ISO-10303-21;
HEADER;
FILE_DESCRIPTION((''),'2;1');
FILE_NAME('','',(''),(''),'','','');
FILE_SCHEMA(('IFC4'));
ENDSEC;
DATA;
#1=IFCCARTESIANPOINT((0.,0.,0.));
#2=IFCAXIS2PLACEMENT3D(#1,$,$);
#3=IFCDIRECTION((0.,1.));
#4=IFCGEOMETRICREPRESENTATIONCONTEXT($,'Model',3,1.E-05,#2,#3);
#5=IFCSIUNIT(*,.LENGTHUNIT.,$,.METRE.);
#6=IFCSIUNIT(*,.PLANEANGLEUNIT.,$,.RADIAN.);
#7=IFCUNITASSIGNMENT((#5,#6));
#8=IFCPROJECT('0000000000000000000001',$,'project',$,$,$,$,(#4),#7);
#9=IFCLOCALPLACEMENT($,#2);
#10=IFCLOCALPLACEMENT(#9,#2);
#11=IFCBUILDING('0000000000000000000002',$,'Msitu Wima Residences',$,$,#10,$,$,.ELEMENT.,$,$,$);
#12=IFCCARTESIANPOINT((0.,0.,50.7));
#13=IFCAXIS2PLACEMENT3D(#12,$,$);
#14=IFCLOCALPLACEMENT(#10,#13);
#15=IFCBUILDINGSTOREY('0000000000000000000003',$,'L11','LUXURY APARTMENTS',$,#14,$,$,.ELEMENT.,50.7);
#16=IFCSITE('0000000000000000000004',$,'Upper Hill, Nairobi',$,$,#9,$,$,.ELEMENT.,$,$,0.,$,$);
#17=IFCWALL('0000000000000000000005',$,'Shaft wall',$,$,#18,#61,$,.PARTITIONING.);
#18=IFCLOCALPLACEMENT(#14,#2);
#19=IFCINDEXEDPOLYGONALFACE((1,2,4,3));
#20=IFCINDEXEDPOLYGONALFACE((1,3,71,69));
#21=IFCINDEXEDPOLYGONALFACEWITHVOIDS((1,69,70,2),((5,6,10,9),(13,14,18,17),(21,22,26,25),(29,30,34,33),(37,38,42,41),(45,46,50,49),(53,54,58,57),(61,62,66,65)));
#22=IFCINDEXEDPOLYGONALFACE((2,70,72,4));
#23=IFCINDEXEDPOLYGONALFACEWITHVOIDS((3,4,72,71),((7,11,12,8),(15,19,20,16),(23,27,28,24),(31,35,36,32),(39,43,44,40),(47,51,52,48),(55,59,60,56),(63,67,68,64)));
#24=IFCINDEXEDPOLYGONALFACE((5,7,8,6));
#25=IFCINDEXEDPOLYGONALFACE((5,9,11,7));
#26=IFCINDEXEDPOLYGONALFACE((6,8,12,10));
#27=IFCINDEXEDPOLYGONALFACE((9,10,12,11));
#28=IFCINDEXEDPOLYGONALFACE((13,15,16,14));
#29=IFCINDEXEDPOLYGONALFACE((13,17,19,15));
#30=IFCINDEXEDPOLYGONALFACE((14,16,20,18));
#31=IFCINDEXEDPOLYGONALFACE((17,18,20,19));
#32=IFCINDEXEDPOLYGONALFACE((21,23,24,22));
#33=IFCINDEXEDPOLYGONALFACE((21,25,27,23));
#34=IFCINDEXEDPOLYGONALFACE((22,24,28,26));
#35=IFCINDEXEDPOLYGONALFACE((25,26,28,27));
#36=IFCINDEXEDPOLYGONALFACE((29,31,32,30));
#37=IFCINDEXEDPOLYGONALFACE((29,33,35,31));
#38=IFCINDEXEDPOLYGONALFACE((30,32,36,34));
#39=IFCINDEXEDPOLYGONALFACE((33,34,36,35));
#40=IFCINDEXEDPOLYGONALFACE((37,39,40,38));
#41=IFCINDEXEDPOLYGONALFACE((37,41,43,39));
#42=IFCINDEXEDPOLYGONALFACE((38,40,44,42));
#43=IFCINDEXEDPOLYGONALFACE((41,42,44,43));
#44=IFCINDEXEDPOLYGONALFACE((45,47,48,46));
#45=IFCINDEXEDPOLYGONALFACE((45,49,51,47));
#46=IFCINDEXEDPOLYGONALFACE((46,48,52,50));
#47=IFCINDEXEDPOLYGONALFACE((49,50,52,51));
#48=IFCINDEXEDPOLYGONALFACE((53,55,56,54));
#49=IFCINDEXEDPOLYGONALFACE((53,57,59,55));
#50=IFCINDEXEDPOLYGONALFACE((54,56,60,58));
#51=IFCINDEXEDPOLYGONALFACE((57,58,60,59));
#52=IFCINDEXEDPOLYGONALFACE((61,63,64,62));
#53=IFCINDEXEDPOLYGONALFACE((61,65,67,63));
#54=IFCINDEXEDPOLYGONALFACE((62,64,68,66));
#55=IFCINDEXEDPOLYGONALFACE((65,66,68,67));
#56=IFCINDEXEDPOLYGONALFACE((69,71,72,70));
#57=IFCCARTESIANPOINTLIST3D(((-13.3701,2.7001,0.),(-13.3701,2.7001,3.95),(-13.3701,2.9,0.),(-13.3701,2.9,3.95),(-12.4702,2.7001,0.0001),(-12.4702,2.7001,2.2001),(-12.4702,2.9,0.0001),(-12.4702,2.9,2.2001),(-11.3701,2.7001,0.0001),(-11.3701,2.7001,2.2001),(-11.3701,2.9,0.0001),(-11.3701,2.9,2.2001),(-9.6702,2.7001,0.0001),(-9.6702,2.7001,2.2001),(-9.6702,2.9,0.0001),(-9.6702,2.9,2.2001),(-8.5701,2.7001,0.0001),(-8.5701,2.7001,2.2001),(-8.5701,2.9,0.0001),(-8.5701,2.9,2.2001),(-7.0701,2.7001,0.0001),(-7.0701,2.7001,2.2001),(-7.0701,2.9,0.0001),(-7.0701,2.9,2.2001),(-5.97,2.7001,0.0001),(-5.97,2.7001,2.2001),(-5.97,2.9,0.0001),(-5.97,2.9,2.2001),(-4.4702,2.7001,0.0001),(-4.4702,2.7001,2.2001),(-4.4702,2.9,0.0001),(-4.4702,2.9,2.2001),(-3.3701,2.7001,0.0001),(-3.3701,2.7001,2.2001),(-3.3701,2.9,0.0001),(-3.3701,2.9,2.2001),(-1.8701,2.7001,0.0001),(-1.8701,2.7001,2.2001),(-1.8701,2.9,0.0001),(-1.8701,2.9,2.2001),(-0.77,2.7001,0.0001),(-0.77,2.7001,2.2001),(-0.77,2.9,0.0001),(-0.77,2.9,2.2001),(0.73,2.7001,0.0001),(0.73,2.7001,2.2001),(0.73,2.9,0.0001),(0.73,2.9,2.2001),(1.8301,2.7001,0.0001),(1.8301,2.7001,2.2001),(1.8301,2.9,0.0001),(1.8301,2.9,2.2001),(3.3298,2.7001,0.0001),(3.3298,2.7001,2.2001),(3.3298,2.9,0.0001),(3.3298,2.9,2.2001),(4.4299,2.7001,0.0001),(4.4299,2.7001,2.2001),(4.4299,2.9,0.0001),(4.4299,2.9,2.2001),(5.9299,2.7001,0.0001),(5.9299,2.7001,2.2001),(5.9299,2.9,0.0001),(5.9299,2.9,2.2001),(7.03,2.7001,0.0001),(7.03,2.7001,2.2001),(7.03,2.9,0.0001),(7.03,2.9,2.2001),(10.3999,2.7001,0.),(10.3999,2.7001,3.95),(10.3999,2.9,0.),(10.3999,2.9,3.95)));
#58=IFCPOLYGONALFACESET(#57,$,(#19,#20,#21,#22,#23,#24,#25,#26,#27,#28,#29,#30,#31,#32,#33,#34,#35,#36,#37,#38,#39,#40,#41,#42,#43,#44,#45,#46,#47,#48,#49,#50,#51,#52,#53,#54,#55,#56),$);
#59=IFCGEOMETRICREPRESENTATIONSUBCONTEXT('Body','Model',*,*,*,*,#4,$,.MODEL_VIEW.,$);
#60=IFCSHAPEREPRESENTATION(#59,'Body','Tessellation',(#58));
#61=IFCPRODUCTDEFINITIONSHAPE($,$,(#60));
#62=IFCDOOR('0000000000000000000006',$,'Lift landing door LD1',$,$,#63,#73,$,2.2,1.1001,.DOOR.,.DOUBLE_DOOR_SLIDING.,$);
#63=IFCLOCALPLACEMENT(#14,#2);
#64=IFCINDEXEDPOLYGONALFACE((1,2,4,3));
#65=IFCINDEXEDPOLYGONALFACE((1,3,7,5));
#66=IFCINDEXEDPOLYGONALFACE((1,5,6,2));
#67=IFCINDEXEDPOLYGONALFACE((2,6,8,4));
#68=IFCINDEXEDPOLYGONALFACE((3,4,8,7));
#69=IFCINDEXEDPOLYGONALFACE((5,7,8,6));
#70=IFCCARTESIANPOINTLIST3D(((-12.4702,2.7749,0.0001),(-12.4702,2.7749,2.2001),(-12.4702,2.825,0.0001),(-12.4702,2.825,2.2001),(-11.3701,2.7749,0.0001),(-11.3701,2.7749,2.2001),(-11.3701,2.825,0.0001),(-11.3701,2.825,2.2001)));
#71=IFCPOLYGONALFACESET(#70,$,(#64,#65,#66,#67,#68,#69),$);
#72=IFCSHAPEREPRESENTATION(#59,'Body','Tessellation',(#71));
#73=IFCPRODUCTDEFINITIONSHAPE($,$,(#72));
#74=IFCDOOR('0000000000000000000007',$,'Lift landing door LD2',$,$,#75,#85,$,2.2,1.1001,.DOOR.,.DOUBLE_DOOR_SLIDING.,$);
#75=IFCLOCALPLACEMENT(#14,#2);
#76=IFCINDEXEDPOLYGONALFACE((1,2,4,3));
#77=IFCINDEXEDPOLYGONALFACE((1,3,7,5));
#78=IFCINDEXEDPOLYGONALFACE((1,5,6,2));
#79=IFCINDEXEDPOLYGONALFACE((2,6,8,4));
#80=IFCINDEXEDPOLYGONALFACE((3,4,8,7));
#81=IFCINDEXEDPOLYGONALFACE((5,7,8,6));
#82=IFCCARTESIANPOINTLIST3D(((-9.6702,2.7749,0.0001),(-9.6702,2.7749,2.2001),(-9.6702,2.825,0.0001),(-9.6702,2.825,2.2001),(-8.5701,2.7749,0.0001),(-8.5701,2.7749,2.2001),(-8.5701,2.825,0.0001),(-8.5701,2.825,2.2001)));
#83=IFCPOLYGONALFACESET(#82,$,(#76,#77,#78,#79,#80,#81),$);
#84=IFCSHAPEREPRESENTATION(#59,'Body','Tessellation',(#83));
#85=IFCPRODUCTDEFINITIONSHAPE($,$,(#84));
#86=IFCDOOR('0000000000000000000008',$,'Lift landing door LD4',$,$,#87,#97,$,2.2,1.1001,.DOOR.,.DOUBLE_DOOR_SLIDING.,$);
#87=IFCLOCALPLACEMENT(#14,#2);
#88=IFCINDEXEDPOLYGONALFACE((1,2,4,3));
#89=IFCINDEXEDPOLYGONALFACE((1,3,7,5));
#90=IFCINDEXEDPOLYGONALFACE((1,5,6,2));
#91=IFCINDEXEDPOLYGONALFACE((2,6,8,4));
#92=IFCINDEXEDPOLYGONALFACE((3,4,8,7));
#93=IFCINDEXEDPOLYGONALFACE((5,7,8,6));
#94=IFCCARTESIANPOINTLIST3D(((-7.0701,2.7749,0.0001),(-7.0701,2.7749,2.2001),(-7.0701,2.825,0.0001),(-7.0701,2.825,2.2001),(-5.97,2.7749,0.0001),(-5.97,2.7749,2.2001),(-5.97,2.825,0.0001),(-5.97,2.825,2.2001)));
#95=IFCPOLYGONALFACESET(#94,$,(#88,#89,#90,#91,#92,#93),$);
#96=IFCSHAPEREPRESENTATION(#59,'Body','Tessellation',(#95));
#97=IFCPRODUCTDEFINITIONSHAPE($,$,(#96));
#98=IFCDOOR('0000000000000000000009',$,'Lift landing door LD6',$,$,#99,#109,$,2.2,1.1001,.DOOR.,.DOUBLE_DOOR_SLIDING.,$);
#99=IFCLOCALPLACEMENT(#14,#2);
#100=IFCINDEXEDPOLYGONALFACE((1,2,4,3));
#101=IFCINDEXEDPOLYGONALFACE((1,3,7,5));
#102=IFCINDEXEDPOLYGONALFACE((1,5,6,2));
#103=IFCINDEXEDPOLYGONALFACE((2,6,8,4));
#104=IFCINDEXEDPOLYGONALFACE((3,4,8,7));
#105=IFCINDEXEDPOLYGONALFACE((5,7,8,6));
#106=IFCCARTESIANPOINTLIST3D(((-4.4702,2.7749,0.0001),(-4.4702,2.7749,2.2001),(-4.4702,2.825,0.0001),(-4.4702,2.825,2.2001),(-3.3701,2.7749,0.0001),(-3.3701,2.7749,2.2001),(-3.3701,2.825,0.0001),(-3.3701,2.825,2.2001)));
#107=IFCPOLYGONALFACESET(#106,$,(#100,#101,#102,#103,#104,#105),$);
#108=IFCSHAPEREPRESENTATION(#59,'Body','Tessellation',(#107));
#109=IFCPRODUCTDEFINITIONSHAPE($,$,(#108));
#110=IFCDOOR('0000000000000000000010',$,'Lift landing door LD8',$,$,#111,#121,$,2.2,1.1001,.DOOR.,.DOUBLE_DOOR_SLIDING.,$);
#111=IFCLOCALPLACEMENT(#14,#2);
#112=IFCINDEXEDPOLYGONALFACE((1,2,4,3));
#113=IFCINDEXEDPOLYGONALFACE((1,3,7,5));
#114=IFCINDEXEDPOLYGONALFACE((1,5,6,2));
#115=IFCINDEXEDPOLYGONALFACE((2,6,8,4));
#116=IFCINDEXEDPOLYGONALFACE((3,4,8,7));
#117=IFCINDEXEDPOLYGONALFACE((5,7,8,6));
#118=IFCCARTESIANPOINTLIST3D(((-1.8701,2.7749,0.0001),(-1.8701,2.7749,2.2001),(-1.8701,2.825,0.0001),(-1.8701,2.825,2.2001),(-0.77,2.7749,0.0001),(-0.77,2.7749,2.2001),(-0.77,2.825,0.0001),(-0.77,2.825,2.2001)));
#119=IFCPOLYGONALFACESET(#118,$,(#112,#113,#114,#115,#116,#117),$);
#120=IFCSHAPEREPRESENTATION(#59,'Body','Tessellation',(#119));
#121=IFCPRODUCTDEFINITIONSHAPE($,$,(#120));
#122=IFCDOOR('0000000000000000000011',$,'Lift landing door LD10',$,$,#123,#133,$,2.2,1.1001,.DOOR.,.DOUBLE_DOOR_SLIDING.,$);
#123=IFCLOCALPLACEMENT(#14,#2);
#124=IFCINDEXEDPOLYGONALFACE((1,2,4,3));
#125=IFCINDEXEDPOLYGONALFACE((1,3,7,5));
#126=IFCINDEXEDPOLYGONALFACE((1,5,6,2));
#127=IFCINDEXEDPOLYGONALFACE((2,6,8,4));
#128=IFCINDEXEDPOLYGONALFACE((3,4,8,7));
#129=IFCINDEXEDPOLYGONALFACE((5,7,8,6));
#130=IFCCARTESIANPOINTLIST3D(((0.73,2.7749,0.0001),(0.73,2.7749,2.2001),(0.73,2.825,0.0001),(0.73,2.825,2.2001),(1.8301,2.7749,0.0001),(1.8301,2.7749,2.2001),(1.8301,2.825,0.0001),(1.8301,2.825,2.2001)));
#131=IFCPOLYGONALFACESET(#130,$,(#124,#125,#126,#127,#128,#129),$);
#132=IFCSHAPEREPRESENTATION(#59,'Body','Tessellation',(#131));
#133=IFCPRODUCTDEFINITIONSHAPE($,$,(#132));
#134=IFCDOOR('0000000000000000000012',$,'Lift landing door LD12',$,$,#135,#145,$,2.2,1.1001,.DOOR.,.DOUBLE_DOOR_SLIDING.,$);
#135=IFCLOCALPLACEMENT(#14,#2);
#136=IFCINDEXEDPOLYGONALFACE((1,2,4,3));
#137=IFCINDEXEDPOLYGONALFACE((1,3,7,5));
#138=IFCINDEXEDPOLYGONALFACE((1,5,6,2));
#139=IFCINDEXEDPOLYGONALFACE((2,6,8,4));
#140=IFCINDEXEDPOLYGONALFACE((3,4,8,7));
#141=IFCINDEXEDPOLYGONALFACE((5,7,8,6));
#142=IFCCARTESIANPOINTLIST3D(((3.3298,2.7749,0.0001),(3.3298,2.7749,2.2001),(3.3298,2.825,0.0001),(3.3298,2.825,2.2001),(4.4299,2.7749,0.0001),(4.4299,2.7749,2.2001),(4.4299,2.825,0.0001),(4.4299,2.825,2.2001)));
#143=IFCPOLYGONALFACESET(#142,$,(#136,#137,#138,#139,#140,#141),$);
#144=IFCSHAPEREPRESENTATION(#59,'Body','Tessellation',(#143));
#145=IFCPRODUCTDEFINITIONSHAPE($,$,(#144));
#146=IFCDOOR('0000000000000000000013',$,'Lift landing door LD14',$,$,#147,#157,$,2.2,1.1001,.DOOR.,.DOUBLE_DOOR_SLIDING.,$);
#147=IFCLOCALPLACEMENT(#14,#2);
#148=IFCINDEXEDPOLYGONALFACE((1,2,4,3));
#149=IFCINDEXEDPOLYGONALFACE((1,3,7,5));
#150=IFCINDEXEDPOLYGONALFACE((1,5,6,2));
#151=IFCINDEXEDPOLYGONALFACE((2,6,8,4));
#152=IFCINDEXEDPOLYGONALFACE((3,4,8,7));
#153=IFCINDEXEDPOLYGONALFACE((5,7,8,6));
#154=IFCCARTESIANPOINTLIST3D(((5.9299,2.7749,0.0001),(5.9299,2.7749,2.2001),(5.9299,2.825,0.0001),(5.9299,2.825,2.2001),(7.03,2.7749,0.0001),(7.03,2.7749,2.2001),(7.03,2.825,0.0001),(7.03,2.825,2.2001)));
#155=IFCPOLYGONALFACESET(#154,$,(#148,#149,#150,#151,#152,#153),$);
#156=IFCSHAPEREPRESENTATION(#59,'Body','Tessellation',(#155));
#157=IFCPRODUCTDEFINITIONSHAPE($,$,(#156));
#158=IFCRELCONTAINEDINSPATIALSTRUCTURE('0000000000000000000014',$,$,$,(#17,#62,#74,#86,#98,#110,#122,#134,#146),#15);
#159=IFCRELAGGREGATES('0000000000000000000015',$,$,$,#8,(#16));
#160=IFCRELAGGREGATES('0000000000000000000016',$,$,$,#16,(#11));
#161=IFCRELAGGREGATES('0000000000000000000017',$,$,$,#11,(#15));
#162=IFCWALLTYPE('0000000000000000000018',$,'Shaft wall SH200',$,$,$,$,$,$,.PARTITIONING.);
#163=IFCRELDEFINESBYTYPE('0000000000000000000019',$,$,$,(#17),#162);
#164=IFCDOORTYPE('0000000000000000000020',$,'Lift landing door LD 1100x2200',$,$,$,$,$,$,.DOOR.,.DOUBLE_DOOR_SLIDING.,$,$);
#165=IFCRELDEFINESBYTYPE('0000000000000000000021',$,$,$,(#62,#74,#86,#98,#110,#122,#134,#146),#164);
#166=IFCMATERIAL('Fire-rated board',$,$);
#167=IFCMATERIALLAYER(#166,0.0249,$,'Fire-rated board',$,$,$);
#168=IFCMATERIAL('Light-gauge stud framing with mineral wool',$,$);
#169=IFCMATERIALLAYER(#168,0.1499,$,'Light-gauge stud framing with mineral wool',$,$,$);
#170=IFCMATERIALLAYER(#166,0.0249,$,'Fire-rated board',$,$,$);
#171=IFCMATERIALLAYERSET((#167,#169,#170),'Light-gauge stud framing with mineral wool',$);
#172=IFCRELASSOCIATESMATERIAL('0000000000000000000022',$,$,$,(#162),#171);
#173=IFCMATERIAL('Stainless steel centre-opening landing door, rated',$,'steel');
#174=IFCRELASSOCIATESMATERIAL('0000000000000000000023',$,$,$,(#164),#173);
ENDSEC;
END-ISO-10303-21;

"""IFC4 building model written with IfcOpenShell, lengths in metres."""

from ifc_helpers import new_model, si_unit, direction, frame, frame_2d, origin, place, context, subcontext, project, spatial, rectangle, extrude, material, layer, layer_set, type_object, element, fill, save


model = new_model("IFC4")

# Units and contexts
model_context = context("Model", 3, precision=1e-05, world=origin(), true_north=direction((0.0, 1.0)))
body_context = subcontext(model_context, "Body", "Model", "MODEL_VIEW")
ifc_project = project(units=[si_unit("LENGTHUNIT", "METRE"), si_unit("PLANEANGLEUNIT", "RADIAN")], contexts=[model_context])

# Site, building, storey
site_placement = place(None, origin())
site = spatial("IfcSite", under=ifc_project, at=site_placement, Name="Upper Hill, Nairobi", CompositionType="ELEMENT", RefElevation=0.0)
building_placement = place(site_placement, origin())
building = spatial("IfcBuilding", under=site, at=building_placement, Name="Msitu Wima Residences", CompositionType="ELEMENT")
storey_placement = place(building_placement, frame((0.0, 0.0, 50.7)))
storey = spatial("IfcBuildingStorey", under=building, at=storey_placement, Name="L11", Description="LUXURY APARTMENTS", CompositionType="ELEMENT", Elevation=50.7)

# Shared definitions
ifc_material_1 = material(Name="Fire-rated board")
ifc_layer_1 = layer(ifc_material_1, 0.0249, Name="Fire-rated board")
ifc_material_2 = material(Name="Light-gauge stud framing with mineral wool")
ifc_layer_2 = layer(ifc_material_2, 0.1499, Name="Light-gauge stud framing with mineral wool")
ifc_layer_3 = layer(ifc_material_1, 0.0249, Name="Fire-rated board")
ifc_layer_set_1 = layer_set([ifc_layer_1, ifc_layer_2, ifc_layer_3], Name="Light-gauge stud framing with mineral wool")
wall_type_1 = type_object("IfcWallType", Name="Shaft wall SH200", PredefinedType="PARTITIONING", material=ifc_layer_set_1)

# Wall, openings, doors
wall_1_placement = place(storey_placement, frame((-13.3701, 2.8, 0.0), z_axis=(0.0, 0.0, 1.0), x_axis=(1.0, 0.0, 0.0)))
wall_1 = element("IfcWall", 1, at=wall_1_placement, inside=storey, type_object=wall_type_1, Name="Shaft wall", PredefinedType="PARTITIONING", context=body_context, shape_type="SweptSolid", body=[
    extrude(rectangle(XDim=23.77, YDim=0.2, at=frame_2d((11.885, 0.0))), origin(), (0.0, 0.0, 1.0), 3.95),
])
opening_1_placement = place(wall_1_placement, frame((0.8999, 0.0, 0.0)))
opening_1 = element("IfcOpeningElement", 2, at=opening_1_placement, cuts=wall_1, PredefinedType="OPENING", context=body_context, shape_type="SweptSolid", body=[
    extrude(rectangle(XDim=1.1001, YDim=2.2, at=frame_2d((0.55, 1.1001))), frame((0.0, 0.1099, 0.0), z_axis=(0.0, -1.0, 0.0), x_axis=(1.0, 0.0, 0.0)), (0.0, 0.0, 1.0), 0.22),
])
opening_2_placement = place(wall_1_placement, frame((3.7, 0.0, 0.0)))
opening_2 = element("IfcOpeningElement", 3, at=opening_2_placement, cuts=wall_1, PredefinedType="OPENING", context=body_context, shape_type="SweptSolid", body=[
    extrude(rectangle(XDim=1.1001, YDim=2.2, at=frame_2d((0.55, 1.1001))), frame((0.0, 0.1099, 0.0), z_axis=(0.0, -1.0, 0.0), x_axis=(1.0, 0.0, 0.0)), (0.0, 0.0, 1.0), 0.22),
])
opening_3_placement = place(wall_1_placement, frame((6.3, 0.0, 0.0)))
opening_3 = element("IfcOpeningElement", 4, at=opening_3_placement, cuts=wall_1, PredefinedType="OPENING", context=body_context, shape_type="SweptSolid", body=[
    extrude(rectangle(XDim=1.1001, YDim=2.2, at=frame_2d((0.55, 1.1001))), frame((0.0, 0.1099, 0.0), z_axis=(0.0, -1.0, 0.0), x_axis=(1.0, 0.0, 0.0)), (0.0, 0.0, 1.0), 0.22),
])
opening_4_placement = place(wall_1_placement, frame((8.8999, 0.0, 0.0)))
opening_4 = element("IfcOpeningElement", 5, at=opening_4_placement, cuts=wall_1, PredefinedType="OPENING", context=body_context, shape_type="SweptSolid", body=[
    extrude(rectangle(XDim=1.1001, YDim=2.2, at=frame_2d((0.55, 1.1001))), frame((0.0, 0.1099, 0.0), z_axis=(0.0, -1.0, 0.0), x_axis=(1.0, 0.0, 0.0)), (0.0, 0.0, 1.0), 0.22),
])
opening_5_placement = place(wall_1_placement, frame((11.5, 0.0, 0.0)))
opening_5 = element("IfcOpeningElement", 6, at=opening_5_placement, cuts=wall_1, PredefinedType="OPENING", context=body_context, shape_type="SweptSolid", body=[
    extrude(rectangle(XDim=1.1001, YDim=2.2, at=frame_2d((0.55, 1.1001))), frame((0.0, 0.1099, 0.0), z_axis=(0.0, -1.0, 0.0), x_axis=(1.0, 0.0, 0.0)), (0.0, 0.0, 1.0), 0.22),
])
opening_6_placement = place(wall_1_placement, frame((14.1001, 0.0, 0.0)))
opening_6 = element("IfcOpeningElement", 7, at=opening_6_placement, cuts=wall_1, PredefinedType="OPENING", context=body_context, shape_type="SweptSolid", body=[
    extrude(rectangle(XDim=1.1001, YDim=2.2, at=frame_2d((0.55, 1.1001))), frame((0.0, 0.1099, 0.0), z_axis=(0.0, -1.0, 0.0), x_axis=(1.0, 0.0, 0.0)), (0.0, 0.0, 1.0), 0.22),
])
opening_7_placement = place(wall_1_placement, frame((16.7, 0.0, 0.0)))
opening_7 = element("IfcOpeningElement", 8, at=opening_7_placement, cuts=wall_1, PredefinedType="OPENING", context=body_context, shape_type="SweptSolid", body=[
    extrude(rectangle(XDim=1.1001, YDim=2.2, at=frame_2d((0.55, 1.1001))), frame((0.0, 0.1099, 0.0), z_axis=(0.0, -1.0, 0.0), x_axis=(1.0, 0.0, 0.0)), (0.0, 0.0, 1.0), 0.22),
])
opening_8_placement = place(wall_1_placement, frame((19.3, 0.0, 0.0)))
opening_8 = element("IfcOpeningElement", 9, at=opening_8_placement, cuts=wall_1, PredefinedType="OPENING", context=body_context, shape_type="SweptSolid", body=[
    extrude(rectangle(XDim=1.1001, YDim=2.2, at=frame_2d((0.55, 1.1001))), frame((0.0, 0.1099, 0.0), z_axis=(0.0, -1.0, 0.0), x_axis=(1.0, 0.0, 0.0)), (0.0, 0.0, 1.0), 0.22),
])
ifc_material_3 = material(Name="Stainless steel centre-opening landing door, rated", Category="steel")
door_type_1 = type_object("IfcDoorType", Name="Lift landing door LD 1100x2200", OperationType="DOUBLE_DOOR_SLIDING", PredefinedType="DOOR", material=ifc_material_3)
door_1_placement = place(opening_1_placement, origin())
door_1 = element("IfcDoor", 10, at=door_1_placement, inside=storey, type_object=door_type_1, Name="Lift landing door LD1", OperationType="DOUBLE_DOOR_SLIDING", OverallHeight=2.2, OverallWidth=1.1001, PredefinedType="DOOR", context=body_context, shape_type="SweptSolid", body=[
    extrude(rectangle(XDim=1.1001, YDim=2.2, at=frame_2d((0.55, 1.1001))), frame((0.0, 0.0249, 0.0), z_axis=(0.0, -1.0, 0.0), x_axis=(1.0, 0.0, 0.0)), (0.0, 0.0, 1.0), 0.05),
])
fill(opening_1, door_1)
door_2_placement = place(opening_2_placement, origin())
door_2 = element("IfcDoor", 11, at=door_2_placement, inside=storey, type_object=door_type_1, Name="Lift landing door LD2", OperationType="DOUBLE_DOOR_SLIDING", OverallHeight=2.2, OverallWidth=1.1001, PredefinedType="DOOR", context=body_context, shape_type="SweptSolid", body=[
    extrude(rectangle(XDim=1.1001, YDim=2.2, at=frame_2d((0.55, 1.1001))), frame((0.0, 0.0249, 0.0), z_axis=(0.0, -1.0, 0.0), x_axis=(1.0, 0.0, 0.0)), (0.0, 0.0, 1.0), 0.05),
])
fill(opening_2, door_2)
door_3_placement = place(opening_3_placement, origin())
door_3 = element("IfcDoor", 12, at=door_3_placement, inside=storey, type_object=door_type_1, Name="Lift landing door LD4", OperationType="DOUBLE_DOOR_SLIDING", OverallHeight=2.2, OverallWidth=1.1001, PredefinedType="DOOR", context=body_context, shape_type="SweptSolid", body=[
    extrude(rectangle(XDim=1.1001, YDim=2.2, at=frame_2d((0.55, 1.1001))), frame((0.0, 0.0249, 0.0), z_axis=(0.0, -1.0, 0.0), x_axis=(1.0, 0.0, 0.0)), (0.0, 0.0, 1.0), 0.05),
])
fill(opening_3, door_3)
door_4_placement = place(opening_4_placement, origin())
door_4 = element("IfcDoor", 13, at=door_4_placement, inside=storey, type_object=door_type_1, Name="Lift landing door LD6", OperationType="DOUBLE_DOOR_SLIDING", OverallHeight=2.2, OverallWidth=1.1001, PredefinedType="DOOR", context=body_context, shape_type="SweptSolid", body=[
    extrude(rectangle(XDim=1.1001, YDim=2.2, at=frame_2d((0.55, 1.1001))), frame((0.0, 0.0249, 0.0), z_axis=(0.0, -1.0, 0.0), x_axis=(1.0, 0.0, 0.0)), (0.0, 0.0, 1.0), 0.05),
])
fill(opening_4, door_4)
door_5_placement = place(opening_5_placement, origin())
door_5 = element("IfcDoor", 14, at=door_5_placement, inside=storey, type_object=door_type_1, Name="Lift landing door LD8", OperationType="DOUBLE_DOOR_SLIDING", OverallHeight=2.2, OverallWidth=1.1001, PredefinedType="DOOR", context=body_context, shape_type="SweptSolid", body=[
    extrude(rectangle(XDim=1.1001, YDim=2.2, at=frame_2d((0.55, 1.1001))), frame((0.0, 0.0249, 0.0), z_axis=(0.0, -1.0, 0.0), x_axis=(1.0, 0.0, 0.0)), (0.0, 0.0, 1.0), 0.05),
])
fill(opening_5, door_5)
door_6_placement = place(opening_6_placement, origin())
door_6 = element("IfcDoor", 15, at=door_6_placement, inside=storey, type_object=door_type_1, Name="Lift landing door LD10", OperationType="DOUBLE_DOOR_SLIDING", OverallHeight=2.2, OverallWidth=1.1001, PredefinedType="DOOR", context=body_context, shape_type="SweptSolid", body=[
    extrude(rectangle(XDim=1.1001, YDim=2.2, at=frame_2d((0.55, 1.1001))), frame((0.0, 0.0249, 0.0), z_axis=(0.0, -1.0, 0.0), x_axis=(1.0, 0.0, 0.0)), (0.0, 0.0, 1.0), 0.05),
])
fill(opening_6, door_6)
door_7_placement = place(opening_7_placement, origin())
door_7 = element("IfcDoor", 16, at=door_7_placement, inside=storey, type_object=door_type_1, Name="Lift landing door LD12", OperationType="DOUBLE_DOOR_SLIDING", OverallHeight=2.2, OverallWidth=1.1001, PredefinedType="DOOR", context=body_context, shape_type="SweptSolid", body=[
    extrude(rectangle(XDim=1.1001, YDim=2.2, at=frame_2d((0.55, 1.1001))), frame((0.0, 0.0249, 0.0), z_axis=(0.0, -1.0, 0.0), x_axis=(1.0, 0.0, 0.0)), (0.0, 0.0, 1.0), 0.05),
])
fill(opening_7, door_7)
door_8_placement = place(opening_8_placement, origin())
door_8 = element("IfcDoor", 17, at=door_8_placement, inside=storey, type_object=door_type_1, Name="Lift landing door LD14", OperationType="DOUBLE_DOOR_SLIDING", OverallHeight=2.2, OverallWidth=1.1001, PredefinedType="DOOR", context=body_context, shape_type="SweptSolid", body=[
    extrude(rectangle(XDim=1.1001, YDim=2.2, at=frame_2d((0.55, 1.1001))), frame((0.0, 0.0249, 0.0), z_axis=(0.0, -1.0, 0.0), x_axis=(1.0, 0.0, 0.0)), (0.0, 0.0, 1.0), 0.05),
])
fill(opening_8, door_8)

save(model, "model.ifc")
